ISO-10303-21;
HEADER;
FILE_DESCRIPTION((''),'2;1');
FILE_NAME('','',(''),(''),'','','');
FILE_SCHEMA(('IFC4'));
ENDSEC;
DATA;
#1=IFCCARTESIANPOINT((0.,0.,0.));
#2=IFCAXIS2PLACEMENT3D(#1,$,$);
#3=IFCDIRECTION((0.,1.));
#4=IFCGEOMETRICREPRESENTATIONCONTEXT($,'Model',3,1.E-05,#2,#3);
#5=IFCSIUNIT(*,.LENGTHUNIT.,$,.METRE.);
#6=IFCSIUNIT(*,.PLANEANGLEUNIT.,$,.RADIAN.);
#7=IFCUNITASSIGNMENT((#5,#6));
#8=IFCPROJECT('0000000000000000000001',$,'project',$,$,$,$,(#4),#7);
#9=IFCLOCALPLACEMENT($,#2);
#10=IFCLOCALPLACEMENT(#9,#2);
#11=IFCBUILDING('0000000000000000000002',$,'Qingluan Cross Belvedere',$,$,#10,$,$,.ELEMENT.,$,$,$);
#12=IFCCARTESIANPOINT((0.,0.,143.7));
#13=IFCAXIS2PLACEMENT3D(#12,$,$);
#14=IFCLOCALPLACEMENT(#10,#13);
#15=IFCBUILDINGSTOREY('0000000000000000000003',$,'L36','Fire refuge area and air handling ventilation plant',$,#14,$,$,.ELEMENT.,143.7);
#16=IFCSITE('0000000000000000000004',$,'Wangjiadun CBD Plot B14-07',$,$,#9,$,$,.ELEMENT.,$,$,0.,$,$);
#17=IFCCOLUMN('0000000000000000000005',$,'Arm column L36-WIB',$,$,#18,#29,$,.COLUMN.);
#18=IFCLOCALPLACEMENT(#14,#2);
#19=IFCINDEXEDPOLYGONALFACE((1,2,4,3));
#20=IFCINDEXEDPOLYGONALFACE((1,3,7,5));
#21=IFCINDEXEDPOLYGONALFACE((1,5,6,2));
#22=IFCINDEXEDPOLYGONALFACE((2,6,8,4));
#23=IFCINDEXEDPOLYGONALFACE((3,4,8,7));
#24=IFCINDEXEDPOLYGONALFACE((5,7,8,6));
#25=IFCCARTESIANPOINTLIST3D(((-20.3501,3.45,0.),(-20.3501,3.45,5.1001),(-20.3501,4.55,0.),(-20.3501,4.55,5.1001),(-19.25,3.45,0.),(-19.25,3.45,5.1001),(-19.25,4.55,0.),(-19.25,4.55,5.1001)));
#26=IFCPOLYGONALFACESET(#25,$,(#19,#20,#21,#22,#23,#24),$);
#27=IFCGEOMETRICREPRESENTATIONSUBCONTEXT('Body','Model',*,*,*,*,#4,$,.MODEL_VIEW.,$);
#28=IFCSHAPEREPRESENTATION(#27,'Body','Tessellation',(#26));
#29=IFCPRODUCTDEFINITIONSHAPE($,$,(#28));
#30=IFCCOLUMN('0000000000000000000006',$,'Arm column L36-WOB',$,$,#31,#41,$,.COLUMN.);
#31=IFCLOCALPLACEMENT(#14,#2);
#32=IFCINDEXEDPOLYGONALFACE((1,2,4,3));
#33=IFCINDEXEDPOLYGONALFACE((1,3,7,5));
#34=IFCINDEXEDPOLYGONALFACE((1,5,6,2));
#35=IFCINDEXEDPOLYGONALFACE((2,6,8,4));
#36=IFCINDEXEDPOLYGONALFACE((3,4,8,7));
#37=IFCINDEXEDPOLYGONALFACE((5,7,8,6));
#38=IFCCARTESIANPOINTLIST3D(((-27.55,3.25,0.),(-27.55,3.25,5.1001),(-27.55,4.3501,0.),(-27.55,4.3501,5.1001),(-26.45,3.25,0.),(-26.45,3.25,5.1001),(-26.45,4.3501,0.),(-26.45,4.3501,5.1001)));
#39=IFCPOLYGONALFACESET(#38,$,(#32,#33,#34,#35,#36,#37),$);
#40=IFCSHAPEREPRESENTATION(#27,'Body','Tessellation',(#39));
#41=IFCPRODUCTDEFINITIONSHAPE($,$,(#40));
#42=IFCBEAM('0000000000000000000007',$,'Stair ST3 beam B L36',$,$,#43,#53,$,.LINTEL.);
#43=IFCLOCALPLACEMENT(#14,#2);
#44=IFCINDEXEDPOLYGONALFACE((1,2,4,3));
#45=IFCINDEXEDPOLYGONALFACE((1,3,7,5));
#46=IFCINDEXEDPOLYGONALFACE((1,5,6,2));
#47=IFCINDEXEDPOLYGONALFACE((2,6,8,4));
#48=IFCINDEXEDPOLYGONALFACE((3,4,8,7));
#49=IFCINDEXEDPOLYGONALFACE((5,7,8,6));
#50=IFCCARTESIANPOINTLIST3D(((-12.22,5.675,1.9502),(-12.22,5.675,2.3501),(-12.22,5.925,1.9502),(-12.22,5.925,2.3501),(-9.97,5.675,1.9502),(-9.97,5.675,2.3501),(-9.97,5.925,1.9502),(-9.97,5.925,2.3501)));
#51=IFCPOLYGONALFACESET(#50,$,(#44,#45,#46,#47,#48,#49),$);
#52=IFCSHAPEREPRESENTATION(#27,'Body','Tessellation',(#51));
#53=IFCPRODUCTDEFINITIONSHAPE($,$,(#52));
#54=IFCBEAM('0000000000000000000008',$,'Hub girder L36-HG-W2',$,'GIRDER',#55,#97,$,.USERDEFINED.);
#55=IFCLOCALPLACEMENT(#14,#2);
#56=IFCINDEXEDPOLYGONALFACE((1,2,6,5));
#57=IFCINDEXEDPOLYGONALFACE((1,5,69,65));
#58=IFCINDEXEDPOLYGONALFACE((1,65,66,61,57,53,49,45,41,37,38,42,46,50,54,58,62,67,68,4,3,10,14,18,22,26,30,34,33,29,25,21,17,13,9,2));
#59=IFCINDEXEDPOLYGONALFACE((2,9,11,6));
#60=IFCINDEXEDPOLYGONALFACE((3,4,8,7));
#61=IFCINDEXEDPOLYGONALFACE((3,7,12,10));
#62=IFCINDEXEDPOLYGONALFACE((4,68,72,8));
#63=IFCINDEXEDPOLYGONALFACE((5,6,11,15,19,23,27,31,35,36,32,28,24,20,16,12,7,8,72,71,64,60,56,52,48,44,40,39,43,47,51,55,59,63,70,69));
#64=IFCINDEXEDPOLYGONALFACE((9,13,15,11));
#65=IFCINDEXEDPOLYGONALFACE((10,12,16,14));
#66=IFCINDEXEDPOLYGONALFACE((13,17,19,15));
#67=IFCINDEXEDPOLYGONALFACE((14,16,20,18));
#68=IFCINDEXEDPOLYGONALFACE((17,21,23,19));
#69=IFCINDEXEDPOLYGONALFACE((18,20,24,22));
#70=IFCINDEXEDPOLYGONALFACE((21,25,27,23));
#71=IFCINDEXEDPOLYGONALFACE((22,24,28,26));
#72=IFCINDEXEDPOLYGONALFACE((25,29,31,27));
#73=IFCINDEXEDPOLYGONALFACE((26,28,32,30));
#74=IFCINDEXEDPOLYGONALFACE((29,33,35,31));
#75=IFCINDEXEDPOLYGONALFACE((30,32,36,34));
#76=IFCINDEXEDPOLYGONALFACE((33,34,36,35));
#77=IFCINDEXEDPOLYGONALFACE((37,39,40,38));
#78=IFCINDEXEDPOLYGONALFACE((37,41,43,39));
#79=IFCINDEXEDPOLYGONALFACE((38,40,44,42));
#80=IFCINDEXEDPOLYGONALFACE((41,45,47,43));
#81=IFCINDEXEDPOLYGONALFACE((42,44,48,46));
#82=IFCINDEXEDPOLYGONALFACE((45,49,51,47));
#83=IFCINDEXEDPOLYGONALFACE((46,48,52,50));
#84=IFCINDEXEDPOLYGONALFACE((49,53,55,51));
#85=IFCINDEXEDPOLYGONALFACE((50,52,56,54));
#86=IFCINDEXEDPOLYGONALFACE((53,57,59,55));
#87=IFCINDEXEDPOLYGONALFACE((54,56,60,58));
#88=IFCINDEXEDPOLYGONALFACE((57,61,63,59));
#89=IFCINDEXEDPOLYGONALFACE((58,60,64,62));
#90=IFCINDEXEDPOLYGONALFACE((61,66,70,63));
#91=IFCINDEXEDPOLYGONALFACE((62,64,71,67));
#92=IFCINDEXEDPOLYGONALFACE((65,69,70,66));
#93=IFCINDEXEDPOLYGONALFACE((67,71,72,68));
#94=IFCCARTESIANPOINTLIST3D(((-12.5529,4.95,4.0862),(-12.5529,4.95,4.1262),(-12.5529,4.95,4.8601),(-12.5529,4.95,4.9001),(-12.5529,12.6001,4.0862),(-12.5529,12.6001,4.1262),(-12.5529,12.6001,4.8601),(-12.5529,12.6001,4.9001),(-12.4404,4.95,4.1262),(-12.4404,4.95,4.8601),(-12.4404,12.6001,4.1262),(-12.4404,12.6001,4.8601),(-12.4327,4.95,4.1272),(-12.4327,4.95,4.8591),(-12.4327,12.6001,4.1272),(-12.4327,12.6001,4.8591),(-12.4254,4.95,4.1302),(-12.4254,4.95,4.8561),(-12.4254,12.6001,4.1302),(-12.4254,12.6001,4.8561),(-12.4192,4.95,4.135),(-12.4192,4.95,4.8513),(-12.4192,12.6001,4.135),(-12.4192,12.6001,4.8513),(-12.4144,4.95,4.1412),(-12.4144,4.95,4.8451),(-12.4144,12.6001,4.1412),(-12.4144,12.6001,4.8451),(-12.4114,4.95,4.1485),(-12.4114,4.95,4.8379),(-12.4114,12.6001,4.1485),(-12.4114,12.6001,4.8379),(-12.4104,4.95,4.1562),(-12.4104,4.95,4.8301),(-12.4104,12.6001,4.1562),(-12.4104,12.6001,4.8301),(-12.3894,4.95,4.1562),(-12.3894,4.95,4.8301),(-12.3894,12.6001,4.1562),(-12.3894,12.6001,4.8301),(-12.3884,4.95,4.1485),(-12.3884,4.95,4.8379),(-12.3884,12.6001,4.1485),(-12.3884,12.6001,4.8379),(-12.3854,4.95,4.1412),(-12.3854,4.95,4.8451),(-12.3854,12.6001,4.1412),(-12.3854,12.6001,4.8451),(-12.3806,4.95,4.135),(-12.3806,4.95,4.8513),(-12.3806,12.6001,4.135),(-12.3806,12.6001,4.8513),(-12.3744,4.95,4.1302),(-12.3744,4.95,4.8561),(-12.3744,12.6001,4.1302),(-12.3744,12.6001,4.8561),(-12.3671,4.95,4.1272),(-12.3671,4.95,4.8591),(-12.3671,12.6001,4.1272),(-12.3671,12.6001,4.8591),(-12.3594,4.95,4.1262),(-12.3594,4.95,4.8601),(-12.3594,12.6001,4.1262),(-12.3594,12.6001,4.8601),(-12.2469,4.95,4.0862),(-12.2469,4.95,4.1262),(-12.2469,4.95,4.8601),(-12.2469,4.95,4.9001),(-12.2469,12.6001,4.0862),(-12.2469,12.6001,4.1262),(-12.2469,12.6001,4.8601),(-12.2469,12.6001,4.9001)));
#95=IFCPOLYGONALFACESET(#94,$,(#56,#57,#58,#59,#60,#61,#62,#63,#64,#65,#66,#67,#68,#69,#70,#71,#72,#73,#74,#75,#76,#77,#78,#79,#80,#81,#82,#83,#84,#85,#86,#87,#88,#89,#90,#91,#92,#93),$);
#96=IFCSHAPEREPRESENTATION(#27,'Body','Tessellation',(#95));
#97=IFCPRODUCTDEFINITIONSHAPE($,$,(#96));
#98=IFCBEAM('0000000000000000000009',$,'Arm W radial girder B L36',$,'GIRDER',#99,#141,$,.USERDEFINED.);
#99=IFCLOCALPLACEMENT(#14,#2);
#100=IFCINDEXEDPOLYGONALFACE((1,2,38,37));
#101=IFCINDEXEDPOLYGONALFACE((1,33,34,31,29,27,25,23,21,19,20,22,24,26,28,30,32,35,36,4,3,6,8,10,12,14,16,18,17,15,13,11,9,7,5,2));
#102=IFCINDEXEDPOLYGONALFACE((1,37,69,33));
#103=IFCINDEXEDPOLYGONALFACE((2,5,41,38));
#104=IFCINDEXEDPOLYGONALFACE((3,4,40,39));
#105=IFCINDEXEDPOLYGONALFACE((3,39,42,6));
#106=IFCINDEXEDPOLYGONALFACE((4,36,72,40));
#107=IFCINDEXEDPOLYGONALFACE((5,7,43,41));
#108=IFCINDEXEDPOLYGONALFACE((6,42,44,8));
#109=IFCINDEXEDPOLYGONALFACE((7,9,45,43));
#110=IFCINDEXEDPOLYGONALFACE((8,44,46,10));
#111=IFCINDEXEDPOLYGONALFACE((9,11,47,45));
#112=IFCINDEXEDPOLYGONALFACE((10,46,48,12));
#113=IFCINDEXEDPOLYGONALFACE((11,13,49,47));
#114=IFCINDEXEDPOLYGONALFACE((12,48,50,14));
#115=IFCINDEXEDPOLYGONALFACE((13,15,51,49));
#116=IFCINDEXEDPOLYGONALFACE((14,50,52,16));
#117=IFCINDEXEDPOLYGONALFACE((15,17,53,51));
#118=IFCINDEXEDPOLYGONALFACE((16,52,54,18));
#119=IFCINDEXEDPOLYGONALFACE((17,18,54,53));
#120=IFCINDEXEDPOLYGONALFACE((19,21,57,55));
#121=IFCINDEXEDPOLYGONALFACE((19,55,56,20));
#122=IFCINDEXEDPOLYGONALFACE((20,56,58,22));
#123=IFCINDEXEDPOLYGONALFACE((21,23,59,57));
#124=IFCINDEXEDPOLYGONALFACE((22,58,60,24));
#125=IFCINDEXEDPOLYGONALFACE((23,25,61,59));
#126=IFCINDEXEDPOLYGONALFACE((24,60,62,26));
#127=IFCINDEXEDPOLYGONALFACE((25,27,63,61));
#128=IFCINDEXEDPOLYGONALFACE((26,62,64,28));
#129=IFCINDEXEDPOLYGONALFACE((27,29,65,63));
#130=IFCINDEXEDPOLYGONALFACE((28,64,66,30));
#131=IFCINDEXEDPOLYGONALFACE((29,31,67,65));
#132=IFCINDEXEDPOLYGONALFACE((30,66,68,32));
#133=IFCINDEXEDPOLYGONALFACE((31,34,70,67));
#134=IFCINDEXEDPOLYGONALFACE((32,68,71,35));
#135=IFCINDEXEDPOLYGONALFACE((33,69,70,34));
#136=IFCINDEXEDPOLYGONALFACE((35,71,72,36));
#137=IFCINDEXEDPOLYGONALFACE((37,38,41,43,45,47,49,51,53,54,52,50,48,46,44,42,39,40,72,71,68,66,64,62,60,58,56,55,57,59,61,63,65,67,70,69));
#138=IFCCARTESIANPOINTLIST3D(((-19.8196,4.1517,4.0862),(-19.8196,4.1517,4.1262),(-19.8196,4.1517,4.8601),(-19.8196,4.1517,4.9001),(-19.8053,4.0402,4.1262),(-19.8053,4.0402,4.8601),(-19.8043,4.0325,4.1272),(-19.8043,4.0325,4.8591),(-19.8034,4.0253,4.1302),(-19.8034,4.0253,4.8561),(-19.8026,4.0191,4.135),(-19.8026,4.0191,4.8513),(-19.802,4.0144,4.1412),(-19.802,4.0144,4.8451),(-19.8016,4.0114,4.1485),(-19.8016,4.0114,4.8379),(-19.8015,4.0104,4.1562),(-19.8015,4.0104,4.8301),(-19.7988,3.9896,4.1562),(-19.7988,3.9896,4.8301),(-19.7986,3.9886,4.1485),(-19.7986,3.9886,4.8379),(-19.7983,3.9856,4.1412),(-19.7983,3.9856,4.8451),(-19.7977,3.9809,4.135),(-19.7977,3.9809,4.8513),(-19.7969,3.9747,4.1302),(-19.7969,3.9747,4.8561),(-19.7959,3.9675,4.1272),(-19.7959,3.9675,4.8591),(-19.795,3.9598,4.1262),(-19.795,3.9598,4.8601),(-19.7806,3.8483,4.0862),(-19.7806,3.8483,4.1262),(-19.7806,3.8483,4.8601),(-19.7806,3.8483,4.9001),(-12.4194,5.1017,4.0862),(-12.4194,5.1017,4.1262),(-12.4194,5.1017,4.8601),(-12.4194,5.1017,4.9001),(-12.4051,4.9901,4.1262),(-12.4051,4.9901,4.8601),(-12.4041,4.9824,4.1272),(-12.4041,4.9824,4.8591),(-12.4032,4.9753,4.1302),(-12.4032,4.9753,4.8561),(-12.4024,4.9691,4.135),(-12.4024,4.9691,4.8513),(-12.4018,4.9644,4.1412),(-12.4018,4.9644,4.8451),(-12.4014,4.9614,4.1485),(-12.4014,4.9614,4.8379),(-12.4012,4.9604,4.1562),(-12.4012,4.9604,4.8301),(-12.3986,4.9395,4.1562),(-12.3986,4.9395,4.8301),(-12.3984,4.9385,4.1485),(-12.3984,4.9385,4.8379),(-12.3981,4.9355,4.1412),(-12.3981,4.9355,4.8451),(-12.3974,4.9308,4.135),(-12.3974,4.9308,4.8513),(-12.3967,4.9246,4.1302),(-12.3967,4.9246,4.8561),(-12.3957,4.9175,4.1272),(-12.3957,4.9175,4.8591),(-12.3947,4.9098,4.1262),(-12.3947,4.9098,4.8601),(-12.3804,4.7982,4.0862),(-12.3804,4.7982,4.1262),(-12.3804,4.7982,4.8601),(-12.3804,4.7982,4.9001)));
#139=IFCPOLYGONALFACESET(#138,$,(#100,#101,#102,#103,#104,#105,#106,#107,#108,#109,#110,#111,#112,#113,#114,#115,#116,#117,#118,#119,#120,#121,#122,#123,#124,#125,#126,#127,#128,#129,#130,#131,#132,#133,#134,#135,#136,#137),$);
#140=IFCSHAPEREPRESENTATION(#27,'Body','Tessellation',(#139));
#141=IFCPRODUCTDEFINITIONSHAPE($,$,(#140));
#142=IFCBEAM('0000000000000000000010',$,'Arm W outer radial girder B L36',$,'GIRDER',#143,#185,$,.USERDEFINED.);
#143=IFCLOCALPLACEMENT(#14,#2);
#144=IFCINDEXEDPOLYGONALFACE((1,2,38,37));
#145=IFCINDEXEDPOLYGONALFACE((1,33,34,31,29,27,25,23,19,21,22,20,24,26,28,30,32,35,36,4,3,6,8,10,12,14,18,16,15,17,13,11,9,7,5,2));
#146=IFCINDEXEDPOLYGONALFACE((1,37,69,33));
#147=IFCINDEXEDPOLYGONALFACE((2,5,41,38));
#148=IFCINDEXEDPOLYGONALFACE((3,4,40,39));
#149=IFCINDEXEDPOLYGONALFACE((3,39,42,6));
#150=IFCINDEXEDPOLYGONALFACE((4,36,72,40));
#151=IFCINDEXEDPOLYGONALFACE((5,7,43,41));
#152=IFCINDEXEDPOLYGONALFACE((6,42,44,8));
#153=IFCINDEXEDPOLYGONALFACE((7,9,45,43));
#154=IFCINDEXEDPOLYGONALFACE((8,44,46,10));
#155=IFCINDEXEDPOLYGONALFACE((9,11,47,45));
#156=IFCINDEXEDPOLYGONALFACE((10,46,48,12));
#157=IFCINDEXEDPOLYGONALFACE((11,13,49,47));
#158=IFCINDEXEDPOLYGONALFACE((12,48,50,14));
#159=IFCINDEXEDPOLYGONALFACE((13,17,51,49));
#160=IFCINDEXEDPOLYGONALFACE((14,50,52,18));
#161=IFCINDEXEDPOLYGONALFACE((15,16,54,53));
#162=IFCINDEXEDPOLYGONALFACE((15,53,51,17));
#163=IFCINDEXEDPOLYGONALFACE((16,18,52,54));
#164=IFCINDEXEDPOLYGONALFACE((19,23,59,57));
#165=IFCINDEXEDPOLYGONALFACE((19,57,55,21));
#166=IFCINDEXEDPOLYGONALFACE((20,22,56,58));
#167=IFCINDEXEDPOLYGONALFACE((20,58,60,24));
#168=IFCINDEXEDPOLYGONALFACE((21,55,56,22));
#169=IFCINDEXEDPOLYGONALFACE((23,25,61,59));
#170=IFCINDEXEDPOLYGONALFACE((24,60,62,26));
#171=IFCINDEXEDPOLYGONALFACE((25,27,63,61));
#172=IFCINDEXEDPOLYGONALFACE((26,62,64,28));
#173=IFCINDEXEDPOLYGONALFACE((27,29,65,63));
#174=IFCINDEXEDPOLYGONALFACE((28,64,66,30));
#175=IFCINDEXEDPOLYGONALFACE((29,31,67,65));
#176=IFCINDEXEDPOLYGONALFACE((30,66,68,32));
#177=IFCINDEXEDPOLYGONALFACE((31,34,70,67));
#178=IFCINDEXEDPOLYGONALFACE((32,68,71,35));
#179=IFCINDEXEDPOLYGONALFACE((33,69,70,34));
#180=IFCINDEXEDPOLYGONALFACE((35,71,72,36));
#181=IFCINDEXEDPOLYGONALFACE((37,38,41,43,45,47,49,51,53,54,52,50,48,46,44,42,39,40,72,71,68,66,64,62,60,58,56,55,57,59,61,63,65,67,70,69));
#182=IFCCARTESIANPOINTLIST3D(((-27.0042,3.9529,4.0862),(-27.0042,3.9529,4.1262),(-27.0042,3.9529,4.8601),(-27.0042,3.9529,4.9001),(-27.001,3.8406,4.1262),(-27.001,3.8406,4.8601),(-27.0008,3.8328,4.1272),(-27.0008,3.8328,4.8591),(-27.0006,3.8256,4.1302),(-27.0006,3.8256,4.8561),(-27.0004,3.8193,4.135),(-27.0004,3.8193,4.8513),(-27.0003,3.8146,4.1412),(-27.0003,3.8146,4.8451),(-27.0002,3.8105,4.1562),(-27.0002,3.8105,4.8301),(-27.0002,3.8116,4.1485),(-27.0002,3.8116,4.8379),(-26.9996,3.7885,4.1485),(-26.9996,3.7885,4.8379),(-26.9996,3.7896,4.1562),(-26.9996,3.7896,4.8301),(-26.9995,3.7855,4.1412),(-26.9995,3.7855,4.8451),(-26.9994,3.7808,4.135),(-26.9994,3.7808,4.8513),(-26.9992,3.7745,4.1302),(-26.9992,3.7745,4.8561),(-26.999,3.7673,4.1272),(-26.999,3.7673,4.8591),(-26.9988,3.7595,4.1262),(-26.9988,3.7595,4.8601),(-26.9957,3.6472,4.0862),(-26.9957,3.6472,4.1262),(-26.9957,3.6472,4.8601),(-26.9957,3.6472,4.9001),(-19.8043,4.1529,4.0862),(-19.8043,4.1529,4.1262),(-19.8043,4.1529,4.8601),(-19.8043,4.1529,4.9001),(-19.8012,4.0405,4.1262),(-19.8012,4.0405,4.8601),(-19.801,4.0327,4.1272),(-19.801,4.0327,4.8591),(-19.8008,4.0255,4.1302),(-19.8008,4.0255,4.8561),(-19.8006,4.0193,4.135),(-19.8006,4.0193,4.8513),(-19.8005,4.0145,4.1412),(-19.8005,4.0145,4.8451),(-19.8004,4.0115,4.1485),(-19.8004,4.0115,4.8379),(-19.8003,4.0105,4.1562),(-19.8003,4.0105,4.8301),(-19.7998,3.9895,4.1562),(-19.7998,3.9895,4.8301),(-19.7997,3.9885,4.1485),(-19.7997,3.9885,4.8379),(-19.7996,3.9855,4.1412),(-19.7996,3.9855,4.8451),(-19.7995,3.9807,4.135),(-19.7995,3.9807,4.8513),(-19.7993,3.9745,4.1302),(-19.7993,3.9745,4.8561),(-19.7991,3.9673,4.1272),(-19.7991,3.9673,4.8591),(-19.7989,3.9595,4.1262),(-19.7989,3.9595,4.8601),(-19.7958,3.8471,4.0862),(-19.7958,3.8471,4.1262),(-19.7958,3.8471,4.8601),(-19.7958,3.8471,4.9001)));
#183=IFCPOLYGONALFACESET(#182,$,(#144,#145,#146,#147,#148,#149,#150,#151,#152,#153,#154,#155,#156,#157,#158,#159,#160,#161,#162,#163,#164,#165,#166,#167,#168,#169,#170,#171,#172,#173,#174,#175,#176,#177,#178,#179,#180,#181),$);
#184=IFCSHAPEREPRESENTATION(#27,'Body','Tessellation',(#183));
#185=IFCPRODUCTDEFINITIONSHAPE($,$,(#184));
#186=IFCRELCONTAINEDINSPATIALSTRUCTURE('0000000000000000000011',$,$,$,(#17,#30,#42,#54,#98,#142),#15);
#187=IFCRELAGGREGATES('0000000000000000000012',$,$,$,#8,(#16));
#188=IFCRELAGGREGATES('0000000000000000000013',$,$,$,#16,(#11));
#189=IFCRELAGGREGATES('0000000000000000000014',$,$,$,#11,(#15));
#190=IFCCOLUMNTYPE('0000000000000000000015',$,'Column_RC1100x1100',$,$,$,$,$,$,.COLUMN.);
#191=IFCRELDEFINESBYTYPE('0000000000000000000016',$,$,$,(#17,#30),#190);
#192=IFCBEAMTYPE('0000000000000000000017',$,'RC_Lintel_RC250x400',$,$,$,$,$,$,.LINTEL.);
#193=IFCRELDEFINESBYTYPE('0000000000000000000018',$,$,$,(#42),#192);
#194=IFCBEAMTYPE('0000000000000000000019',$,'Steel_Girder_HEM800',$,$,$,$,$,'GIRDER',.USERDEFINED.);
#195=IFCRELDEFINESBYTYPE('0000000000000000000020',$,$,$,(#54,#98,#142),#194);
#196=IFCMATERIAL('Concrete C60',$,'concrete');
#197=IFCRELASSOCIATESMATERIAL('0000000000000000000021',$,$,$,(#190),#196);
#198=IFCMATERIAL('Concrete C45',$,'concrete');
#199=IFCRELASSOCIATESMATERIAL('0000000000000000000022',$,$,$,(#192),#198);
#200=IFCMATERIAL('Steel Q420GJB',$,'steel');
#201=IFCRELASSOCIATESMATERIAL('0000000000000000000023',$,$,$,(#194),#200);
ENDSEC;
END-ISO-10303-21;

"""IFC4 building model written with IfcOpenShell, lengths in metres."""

from ifc_helpers import new_model, si_unit, direction, frame, origin, origin_2d, place, context, subcontext, project, spatial, rectangle, i_section, extrude, material, material_profile, profile_set, type_object, element, save


model = new_model("IFC4")

# Units and contexts
model_context = context("Model", 3, precision=1e-05, world=origin(), true_north=direction((0.0, 1.0)))
body_context = subcontext(model_context, "Body", "Model", "MODEL_VIEW")
ifc_project = project(units=[si_unit("LENGTHUNIT", "METRE"), si_unit("PLANEANGLEUNIT", "RADIAN")], contexts=[model_context])

# Site, building, storey
site_placement = place(None, origin())
site = spatial("IfcSite", under=ifc_project, at=site_placement, Name="Wangjiadun CBD Plot B14-07", CompositionType="ELEMENT", RefElevation=0.0)
building_placement = place(site_placement, origin())
building = spatial("IfcBuilding", under=site, at=building_placement, Name="Qingluan Cross Belvedere", CompositionType="ELEMENT")
storey_placement = place(building_placement, frame((0.0, 0.0, 143.7)))
storey = spatial("IfcBuildingStorey", under=building, at=storey_placement, Name="L36", Description="Fire refuge area and air handling ventilation plant", CompositionType="ELEMENT", Elevation=143.7)

# Columns
ifc_material_1 = material(Name="Concrete C60", Category="concrete")
ifc_material_profile_1 = material_profile(ifc_material_1, rectangle(XDim=1.1001, YDim=1.1001, at=origin_2d()), Name="RC1100x1100")
ifc_profile_set_1 = profile_set([ifc_material_profile_1], Name="Concrete C60")
column_type = type_object("IfcColumnType", Name="Column_RC1100x1100", PredefinedType="COLUMN", material=ifc_profile_set_1)
for number, where, z_axis, x_axis, name in (
    (1, (-19.8, 4.0, 0.0), (0.0, 0.0, 1.0), (1.0, 0.0, 0.0), "Arm column L36-WIB"),
    (2, (-27.0, 3.8, 0.0), (0.0, 0.0, 1.0), (1.0, 0.0, 0.0), "Arm column L36-WOB"),
):
    element("IfcColumn", number, at=place(storey_placement, frame(where, z_axis=z_axis, x_axis=x_axis)), inside=storey, type_object=column_type, Name=name, PredefinedType="COLUMN", context=body_context, shape_type="SweptSolid", body=[
        extrude(rectangle(XDim=1.1001, YDim=1.1001, at=origin_2d()), origin(), (0.0, 0.0, 1.0), 5.1001),
    ])

# Beams
ifc_material_2 = material(Name="Concrete C45", Category="concrete")
ifc_material_profile_2 = material_profile(ifc_material_2, rectangle(XDim=0.25, YDim=0.3999, at=origin_2d()), Name="RC250x400")
ifc_profile_set_2 = profile_set([ifc_material_profile_2], Name="Concrete C45")
beam_type_1 = type_object("IfcBeamType", Name="RC_Lintel_RC250x400", PredefinedType="LINTEL", material=ifc_profile_set_2)
beam_1_placement = place(storey_placement, frame((-12.22, 5.8, 2.1501), z_axis=(1.0, 0.0, 0.0), x_axis=(0.0, 1.0, 0.0)))
element("IfcBeam", 3, at=beam_1_placement, inside=storey, type_object=beam_type_1, Name="Stair ST3 beam B L36", PredefinedType="LINTEL", context=body_context, shape_type="SweptSolid", body=[
    extrude(rectangle(XDim=0.25, YDim=0.3999, at=origin_2d()), origin(), (0.0, 0.0, 1.0), 2.25),
])
ifc_material_3 = material(Name="Steel Q420GJB", Category="steel")
ifc_material_profile_3 = material_profile(ifc_material_3, i_section(OverallWidth=0.3059, OverallDepth=0.814, WebThickness=0.021, FlangeThickness=0.04, FilletRadius=0.03, at=origin_2d()), Name="HEM800")
ifc_profile_set_3 = profile_set([ifc_material_profile_3], Name="Steel Q420GJB")
beam_type_2 = type_object("IfcBeamType", Name="Steel_Girder_HEM800", ElementType="GIRDER", PredefinedType="USERDEFINED", material=ifc_profile_set_3)
beam_2_placement = place(storey_placement, frame((-12.3999, 4.95, 4.4932), z_axis=(0.0, 1.0, 0.0), x_axis=(-1.0, 0.0, 0.0)))
element("IfcBeam", 4, at=beam_2_placement, inside=storey, type_object=beam_type_2, Name="Hub girder L36-HG-W2", ObjectType="GIRDER", PredefinedType="USERDEFINED", context=body_context, shape_type="SweptSolid", body=[
    extrude(i_section(OverallWidth=0.3059, OverallDepth=0.814, WebThickness=0.021, FlangeThickness=0.04, FilletRadius=0.03, at=origin_2d()), origin(), (0.0, 0.0, 1.0), 7.6501),
])
beam_3_placement = place(storey_placement, frame((-12.3999, 4.95, 4.4932), z_axis=(-0.991861, -0.127324, 0.0), x_axis=(0.127324, -0.991861, 0.0)))
element("IfcBeam", 5, at=beam_3_placement, inside=storey, type_object=beam_type_2, Name="Arm W radial girder B L36", ObjectType="GIRDER", PredefinedType="USERDEFINED", context=body_context, shape_type="SweptSolid", body=[
    extrude(i_section(OverallWidth=0.3059, OverallDepth=0.814, WebThickness=0.021, FlangeThickness=0.04, FilletRadius=0.03, at=origin_2d()), origin(), (0.0, 0.0, 1.0), 7.4609),
])
beam_4_placement = place(storey_placement, frame((-19.8, 4.0, 4.4932), z_axis=(-0.999615, -0.02776, 0.0), x_axis=(0.02776, -0.999615, 0.0)))
element("IfcBeam", 6, at=beam_4_placement, inside=storey, type_object=beam_type_2, Name="Arm W outer radial girder B L36", ObjectType="GIRDER", PredefinedType="USERDEFINED", context=body_context, shape_type="SweptSolid", body=[
    extrude(i_section(OverallWidth=0.3059, OverallDepth=0.814, WebThickness=0.021, FlangeThickness=0.04, FilletRadius=0.03, at=origin_2d()), origin(), (0.0, 0.0, 1.0), 7.2026),
])

save(model, "model.ifc")
